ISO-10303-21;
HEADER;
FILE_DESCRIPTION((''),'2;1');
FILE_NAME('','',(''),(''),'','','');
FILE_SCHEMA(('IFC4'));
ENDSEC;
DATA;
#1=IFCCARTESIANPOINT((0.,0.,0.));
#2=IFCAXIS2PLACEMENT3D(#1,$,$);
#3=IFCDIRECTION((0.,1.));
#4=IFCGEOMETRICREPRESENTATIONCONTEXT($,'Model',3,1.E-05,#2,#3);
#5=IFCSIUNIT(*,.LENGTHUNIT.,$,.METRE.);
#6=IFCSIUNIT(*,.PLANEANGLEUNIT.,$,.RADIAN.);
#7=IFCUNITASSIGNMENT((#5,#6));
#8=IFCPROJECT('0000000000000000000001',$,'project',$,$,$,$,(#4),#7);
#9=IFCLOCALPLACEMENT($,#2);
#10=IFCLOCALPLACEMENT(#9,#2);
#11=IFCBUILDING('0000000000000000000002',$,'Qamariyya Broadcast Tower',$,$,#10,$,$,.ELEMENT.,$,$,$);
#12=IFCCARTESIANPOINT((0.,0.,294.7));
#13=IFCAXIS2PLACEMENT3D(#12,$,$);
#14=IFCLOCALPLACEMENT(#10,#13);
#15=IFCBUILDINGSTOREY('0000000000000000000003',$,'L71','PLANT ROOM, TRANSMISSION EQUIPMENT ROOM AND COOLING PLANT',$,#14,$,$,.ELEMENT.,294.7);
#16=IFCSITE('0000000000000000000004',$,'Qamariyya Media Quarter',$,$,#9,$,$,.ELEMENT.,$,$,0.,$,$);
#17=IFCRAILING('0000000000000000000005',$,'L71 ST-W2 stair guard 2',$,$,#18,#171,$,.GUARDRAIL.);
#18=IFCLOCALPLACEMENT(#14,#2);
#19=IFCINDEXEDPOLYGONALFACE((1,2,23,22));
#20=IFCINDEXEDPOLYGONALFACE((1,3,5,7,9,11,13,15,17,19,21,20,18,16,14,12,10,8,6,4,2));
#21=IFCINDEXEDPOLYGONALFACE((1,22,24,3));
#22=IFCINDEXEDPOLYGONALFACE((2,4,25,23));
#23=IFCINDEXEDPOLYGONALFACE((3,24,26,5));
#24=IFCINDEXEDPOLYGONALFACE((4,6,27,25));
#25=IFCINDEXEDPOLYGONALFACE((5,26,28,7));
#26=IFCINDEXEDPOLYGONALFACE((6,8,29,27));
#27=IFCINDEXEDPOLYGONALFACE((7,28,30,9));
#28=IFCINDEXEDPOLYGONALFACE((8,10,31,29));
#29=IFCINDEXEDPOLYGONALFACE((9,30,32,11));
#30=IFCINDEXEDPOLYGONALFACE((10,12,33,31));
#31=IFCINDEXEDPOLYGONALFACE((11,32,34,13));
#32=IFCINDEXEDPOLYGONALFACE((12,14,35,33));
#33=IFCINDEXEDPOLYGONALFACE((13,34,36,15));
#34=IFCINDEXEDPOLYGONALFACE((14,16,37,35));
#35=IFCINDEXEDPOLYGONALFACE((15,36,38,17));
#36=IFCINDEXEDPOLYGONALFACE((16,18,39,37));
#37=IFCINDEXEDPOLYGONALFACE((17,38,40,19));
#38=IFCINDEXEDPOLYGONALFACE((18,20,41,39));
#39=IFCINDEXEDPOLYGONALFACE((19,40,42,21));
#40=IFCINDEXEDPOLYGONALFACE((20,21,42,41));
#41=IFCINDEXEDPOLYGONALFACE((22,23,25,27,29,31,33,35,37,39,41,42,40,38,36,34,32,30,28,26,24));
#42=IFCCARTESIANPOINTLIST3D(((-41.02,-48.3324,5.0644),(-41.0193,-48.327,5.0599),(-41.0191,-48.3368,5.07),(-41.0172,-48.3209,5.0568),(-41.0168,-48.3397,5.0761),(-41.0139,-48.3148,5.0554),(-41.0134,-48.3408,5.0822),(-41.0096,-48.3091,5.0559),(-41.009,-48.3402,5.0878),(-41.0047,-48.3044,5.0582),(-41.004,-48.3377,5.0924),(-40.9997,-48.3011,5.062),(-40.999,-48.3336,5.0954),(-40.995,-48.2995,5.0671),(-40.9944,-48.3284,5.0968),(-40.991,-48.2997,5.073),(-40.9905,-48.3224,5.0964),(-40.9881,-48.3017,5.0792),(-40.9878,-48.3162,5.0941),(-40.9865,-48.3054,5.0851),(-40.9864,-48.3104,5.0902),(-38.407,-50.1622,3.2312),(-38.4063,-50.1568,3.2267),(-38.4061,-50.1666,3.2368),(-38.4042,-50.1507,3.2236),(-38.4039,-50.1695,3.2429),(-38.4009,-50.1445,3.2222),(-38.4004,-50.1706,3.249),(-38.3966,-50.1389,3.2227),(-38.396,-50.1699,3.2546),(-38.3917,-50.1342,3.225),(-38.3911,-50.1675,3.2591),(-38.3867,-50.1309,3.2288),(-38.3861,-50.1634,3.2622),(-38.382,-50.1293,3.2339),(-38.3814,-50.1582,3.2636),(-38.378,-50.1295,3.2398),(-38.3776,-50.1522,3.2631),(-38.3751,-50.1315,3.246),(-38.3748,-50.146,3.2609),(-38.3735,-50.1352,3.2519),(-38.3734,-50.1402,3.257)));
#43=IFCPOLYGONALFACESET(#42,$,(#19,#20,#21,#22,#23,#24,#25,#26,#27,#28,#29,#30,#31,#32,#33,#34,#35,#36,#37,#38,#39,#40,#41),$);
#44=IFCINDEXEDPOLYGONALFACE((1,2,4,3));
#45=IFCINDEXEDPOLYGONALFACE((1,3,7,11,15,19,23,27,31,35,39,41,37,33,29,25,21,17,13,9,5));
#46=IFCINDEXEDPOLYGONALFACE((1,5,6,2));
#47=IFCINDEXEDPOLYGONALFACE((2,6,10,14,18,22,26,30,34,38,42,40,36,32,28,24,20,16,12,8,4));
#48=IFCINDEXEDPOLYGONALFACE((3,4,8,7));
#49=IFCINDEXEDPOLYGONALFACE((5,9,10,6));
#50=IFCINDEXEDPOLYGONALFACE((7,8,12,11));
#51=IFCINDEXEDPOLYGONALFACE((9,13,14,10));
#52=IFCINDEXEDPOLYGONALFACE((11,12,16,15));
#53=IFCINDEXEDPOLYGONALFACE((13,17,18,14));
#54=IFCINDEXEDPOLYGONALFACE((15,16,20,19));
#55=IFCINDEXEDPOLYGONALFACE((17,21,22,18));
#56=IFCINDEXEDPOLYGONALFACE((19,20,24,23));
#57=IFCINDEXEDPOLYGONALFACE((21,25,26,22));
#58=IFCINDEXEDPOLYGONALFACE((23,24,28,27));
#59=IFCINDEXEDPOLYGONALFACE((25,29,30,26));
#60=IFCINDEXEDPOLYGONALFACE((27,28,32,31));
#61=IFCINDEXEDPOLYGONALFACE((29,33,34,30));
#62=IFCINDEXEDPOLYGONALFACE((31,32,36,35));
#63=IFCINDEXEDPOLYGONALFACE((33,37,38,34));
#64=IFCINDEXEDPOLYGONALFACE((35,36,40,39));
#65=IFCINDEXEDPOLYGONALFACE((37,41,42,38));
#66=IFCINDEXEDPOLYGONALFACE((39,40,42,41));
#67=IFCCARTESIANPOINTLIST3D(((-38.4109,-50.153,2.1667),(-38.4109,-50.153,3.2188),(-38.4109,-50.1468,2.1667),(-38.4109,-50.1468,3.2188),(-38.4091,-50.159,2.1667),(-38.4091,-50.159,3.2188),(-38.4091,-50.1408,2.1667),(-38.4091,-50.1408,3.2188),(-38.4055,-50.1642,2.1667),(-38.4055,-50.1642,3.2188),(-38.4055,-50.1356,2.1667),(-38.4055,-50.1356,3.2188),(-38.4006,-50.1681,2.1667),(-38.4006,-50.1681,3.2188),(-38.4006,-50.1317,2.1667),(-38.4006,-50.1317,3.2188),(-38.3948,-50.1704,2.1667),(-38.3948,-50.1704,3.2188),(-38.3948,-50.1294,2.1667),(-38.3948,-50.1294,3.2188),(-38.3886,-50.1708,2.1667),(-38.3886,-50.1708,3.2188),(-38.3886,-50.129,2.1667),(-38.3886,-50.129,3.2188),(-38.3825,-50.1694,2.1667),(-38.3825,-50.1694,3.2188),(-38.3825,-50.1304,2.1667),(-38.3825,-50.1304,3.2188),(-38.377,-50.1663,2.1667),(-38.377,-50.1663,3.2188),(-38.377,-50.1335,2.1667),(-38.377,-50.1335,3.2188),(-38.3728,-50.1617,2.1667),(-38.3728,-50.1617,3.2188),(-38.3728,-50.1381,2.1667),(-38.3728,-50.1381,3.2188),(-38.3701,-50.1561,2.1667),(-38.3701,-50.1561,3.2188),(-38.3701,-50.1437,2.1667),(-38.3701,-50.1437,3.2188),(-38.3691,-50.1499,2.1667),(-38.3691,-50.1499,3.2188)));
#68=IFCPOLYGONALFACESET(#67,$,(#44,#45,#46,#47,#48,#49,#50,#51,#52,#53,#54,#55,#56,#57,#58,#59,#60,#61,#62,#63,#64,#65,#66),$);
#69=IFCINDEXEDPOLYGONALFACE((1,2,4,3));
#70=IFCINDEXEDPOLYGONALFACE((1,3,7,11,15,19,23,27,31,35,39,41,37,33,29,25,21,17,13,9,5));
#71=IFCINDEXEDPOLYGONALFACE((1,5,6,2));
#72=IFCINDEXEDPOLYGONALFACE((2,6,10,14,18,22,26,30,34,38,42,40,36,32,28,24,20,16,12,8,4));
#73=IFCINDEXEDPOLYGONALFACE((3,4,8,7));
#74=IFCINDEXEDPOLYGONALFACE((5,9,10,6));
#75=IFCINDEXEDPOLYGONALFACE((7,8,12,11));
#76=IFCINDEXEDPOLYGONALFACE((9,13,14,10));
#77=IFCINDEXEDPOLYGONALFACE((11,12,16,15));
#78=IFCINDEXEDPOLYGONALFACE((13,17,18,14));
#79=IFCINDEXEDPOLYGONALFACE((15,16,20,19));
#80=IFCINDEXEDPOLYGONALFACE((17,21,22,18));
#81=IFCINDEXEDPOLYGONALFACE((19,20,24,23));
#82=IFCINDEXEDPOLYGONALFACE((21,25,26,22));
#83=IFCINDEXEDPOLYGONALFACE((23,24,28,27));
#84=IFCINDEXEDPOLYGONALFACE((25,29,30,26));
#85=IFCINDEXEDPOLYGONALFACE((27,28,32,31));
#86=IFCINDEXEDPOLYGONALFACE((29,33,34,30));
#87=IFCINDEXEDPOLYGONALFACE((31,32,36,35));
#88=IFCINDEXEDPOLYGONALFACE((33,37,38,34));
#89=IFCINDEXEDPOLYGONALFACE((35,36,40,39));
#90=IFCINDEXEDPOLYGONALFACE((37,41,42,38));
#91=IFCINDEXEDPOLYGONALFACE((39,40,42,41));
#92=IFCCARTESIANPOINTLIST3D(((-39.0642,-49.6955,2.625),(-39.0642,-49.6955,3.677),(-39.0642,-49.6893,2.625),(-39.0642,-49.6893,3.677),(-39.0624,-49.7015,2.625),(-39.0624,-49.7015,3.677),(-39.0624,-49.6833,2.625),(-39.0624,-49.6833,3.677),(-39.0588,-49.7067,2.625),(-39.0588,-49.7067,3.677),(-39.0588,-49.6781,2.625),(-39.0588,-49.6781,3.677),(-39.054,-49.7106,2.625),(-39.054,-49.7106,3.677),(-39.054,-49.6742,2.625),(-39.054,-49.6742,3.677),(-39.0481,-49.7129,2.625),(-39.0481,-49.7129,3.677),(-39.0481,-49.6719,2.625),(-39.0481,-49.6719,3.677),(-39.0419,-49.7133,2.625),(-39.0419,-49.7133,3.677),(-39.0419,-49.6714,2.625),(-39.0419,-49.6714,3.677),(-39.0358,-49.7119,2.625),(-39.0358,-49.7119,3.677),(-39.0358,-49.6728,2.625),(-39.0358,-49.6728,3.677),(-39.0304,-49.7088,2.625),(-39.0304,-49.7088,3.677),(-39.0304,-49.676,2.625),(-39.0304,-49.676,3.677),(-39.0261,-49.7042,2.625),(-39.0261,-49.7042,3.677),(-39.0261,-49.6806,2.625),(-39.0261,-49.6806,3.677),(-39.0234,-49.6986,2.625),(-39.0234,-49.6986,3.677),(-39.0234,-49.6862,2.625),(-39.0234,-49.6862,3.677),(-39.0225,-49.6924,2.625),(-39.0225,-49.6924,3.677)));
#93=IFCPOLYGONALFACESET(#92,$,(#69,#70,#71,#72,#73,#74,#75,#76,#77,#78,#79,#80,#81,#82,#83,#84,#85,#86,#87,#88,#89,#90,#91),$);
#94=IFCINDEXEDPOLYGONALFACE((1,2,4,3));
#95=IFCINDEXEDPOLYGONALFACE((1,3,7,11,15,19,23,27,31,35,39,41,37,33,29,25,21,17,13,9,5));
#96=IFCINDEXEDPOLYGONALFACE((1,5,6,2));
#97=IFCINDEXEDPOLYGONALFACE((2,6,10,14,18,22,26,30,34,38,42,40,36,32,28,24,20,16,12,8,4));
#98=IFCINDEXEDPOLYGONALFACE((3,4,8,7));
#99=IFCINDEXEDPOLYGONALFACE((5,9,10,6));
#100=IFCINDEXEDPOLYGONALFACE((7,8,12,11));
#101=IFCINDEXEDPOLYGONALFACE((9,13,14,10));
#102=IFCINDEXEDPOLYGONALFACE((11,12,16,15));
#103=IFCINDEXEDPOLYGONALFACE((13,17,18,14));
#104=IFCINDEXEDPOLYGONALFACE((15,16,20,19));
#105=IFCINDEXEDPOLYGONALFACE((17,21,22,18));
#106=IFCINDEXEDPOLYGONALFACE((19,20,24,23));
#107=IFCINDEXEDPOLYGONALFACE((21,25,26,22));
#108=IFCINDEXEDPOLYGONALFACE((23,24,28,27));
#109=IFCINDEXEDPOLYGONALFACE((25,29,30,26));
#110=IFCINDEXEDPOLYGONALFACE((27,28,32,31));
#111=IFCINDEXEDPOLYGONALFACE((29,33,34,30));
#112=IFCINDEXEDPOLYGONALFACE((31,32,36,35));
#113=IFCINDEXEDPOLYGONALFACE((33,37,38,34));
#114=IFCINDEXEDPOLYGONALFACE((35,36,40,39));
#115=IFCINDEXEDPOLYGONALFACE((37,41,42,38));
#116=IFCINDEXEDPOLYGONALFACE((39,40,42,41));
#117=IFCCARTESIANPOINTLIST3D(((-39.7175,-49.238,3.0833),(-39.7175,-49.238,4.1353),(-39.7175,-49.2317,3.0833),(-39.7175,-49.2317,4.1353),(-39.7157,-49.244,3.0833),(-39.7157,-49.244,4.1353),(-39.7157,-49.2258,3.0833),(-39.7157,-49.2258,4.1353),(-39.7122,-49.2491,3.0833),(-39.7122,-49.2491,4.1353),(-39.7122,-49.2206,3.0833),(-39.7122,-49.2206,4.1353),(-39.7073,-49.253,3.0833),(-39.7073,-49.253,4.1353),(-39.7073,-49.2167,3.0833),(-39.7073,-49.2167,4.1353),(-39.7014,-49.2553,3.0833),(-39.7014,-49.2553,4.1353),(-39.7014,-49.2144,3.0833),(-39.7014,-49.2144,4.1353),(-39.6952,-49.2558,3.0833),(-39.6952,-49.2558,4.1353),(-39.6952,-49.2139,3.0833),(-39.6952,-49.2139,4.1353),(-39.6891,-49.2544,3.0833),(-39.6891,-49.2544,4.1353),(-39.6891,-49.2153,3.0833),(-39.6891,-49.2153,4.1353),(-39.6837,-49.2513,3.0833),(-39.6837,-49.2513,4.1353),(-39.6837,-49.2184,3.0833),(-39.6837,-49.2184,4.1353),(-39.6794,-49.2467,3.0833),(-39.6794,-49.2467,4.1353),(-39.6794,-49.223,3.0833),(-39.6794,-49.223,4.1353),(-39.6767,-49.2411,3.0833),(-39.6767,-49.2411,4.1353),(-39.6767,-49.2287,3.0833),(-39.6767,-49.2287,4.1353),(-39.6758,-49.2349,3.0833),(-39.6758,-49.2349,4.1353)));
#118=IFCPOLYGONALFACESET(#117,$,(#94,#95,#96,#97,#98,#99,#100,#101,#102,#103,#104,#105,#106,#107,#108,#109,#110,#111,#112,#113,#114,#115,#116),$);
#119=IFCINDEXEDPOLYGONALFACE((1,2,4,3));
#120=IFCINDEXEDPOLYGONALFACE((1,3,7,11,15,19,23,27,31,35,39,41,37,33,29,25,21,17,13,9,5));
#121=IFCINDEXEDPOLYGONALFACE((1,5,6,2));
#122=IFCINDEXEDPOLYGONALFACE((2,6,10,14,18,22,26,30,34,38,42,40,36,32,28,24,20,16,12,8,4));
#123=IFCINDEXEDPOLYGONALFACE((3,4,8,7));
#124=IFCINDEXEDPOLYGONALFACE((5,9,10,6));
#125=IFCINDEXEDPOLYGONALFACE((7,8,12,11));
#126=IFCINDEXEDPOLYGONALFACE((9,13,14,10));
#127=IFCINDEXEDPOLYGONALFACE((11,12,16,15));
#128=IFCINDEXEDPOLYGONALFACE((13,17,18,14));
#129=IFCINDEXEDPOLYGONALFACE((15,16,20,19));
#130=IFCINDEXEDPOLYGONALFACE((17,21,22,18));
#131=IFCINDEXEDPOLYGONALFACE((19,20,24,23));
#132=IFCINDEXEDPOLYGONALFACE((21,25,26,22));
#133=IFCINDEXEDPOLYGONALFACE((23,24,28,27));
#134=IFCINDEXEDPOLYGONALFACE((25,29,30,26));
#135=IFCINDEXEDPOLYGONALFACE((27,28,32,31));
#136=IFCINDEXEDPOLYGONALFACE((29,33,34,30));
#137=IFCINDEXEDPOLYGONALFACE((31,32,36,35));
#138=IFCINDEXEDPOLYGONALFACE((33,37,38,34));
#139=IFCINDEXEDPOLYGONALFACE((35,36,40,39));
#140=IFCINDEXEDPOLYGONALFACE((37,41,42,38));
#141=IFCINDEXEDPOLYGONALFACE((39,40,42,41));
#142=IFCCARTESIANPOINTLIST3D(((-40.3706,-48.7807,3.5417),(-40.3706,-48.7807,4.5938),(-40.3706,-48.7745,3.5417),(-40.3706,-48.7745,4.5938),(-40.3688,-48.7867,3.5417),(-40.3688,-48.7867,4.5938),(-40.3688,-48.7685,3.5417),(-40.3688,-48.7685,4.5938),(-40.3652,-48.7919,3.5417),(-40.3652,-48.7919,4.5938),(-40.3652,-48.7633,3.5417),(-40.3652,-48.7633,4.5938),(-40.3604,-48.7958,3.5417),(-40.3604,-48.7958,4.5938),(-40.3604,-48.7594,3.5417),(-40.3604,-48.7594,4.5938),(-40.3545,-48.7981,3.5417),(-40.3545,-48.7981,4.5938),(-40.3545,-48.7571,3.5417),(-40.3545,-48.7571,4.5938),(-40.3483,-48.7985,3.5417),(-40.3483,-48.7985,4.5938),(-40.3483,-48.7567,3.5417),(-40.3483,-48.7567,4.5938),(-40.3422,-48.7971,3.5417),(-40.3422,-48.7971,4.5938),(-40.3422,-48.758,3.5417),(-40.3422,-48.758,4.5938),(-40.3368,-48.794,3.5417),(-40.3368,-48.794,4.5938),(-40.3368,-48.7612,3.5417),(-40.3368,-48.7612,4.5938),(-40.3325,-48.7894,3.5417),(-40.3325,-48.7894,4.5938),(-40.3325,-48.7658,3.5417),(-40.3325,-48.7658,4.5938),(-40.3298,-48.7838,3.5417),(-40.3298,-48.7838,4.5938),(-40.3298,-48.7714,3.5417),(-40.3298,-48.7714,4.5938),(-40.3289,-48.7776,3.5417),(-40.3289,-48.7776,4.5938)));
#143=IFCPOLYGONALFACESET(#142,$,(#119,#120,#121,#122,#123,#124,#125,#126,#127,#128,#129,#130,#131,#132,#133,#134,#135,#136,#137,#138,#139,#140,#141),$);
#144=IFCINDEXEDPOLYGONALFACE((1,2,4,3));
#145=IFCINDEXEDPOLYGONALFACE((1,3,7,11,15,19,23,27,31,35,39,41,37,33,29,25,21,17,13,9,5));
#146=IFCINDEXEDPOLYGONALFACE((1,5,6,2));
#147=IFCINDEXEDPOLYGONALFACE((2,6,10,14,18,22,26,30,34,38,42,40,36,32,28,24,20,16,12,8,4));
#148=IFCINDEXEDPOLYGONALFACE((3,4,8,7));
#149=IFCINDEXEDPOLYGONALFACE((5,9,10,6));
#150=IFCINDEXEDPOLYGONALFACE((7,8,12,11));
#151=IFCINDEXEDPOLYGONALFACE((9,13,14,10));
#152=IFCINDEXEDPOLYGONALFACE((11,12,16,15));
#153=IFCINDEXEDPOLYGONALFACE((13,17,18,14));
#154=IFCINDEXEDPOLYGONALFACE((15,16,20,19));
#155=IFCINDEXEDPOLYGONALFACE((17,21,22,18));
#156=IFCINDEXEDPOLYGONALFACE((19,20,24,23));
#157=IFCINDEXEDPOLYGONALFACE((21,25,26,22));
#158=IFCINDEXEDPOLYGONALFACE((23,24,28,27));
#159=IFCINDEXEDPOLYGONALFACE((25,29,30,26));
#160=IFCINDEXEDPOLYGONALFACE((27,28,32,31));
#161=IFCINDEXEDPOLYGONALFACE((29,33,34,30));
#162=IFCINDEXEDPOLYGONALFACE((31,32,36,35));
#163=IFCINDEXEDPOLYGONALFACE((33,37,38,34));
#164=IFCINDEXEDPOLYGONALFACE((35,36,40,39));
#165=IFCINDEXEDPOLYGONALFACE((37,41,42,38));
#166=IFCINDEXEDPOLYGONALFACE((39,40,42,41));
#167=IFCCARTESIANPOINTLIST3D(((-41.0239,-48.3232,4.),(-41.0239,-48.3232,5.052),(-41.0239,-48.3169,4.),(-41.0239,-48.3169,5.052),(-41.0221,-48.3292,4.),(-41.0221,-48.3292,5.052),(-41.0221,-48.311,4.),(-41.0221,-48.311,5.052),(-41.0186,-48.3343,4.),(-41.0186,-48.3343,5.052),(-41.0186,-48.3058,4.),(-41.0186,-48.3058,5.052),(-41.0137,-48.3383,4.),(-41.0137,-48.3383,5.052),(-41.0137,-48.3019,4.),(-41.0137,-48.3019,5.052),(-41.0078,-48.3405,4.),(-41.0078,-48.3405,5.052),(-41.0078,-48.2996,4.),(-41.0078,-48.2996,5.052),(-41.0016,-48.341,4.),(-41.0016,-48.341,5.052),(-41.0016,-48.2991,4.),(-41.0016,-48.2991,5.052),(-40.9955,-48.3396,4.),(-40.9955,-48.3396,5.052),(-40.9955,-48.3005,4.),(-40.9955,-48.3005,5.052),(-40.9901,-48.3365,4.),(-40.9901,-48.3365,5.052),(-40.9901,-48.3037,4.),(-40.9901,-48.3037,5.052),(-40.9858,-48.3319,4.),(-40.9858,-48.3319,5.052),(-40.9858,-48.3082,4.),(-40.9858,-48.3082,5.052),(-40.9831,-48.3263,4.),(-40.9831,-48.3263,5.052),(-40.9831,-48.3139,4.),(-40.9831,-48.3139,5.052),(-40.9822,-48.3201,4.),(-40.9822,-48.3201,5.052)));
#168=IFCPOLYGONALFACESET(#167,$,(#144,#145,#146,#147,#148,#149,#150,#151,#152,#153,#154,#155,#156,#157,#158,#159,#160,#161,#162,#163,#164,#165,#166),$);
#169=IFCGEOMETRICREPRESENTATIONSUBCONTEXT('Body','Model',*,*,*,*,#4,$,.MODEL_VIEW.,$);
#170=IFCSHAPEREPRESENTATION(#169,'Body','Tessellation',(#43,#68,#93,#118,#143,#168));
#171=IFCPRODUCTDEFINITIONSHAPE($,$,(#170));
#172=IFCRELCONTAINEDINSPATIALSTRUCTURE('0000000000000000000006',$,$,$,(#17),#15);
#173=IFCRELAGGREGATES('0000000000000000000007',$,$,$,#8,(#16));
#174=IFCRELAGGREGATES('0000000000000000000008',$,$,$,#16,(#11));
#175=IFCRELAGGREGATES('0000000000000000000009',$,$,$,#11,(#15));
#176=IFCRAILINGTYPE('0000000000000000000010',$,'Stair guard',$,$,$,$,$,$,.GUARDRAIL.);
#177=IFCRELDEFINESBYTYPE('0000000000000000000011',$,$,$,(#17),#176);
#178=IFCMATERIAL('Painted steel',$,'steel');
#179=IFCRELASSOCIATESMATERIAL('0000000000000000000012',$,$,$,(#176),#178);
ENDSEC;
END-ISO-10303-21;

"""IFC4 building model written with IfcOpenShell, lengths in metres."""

from ifc_helpers import new_model, si_unit, direction, frame, origin, origin_2d, place, context, subcontext, project, spatial, circle, extrude, material, type_object, element, save


model = new_model("IFC4")

# Units and contexts
model_context = context("Model", 3, precision=1e-05, world=origin(), true_north=direction((0.0, 1.0)))
body_context = subcontext(model_context, "Body", "Model", "MODEL_VIEW")
ifc_project = project(units=[si_unit("LENGTHUNIT", "METRE"), si_unit("PLANEANGLEUNIT", "RADIAN")], contexts=[model_context])

# Site, building, storey
site_placement = place(None, origin())
site = spatial("IfcSite", under=ifc_project, at=site_placement, Name="Qamariyya Media Quarter", CompositionType="ELEMENT", RefElevation=0.0)
building_placement = place(site_placement, origin())
building = spatial("IfcBuilding", under=site, at=building_placement, Name="Qamariyya Broadcast Tower", CompositionType="ELEMENT")
storey_placement = place(building_placement, frame((0.0, 0.0, 294.7)))
storey = spatial("IfcBuildingStorey", under=building, at=storey_placement, Name="L71", Description="PLANT ROOM, TRANSMISSION EQUIPMENT ROOM AND COOLING PLANT", CompositionType="ELEMENT", Elevation=294.7)

# Railing
ifc_material_1 = material(Name="Painted steel", Category="steel")
railing_type_1 = type_object("IfcRailingType", Name="Stair guard", PredefinedType="GUARDRAIL", material=ifc_material_1)
railing_1_placement = place(storey_placement, frame((-38.3901, -50.1499, 2.1667)))
element("IfcRailing", 1, at=railing_1_placement, inside=storey, type_object=railing_type_1, Name="L71 ST-W2 stair guard 2", PredefinedType="GUARDRAIL", context=body_context, shape_type="SweptSolid", body=[
    extrude(circle(Radius=0.0239, at=origin_2d()), frame((0.0, 0.0, 1.0762), z_axis=(-0.710204, 0.497335, 0.498264), x_axis=(-0.573611, -0.819128, 0.0)), (0.0, 0.0, 1.0), 3.6792),
    extrude(circle(Radius=0.021, at=origin_2d()), origin(), (0.0, 0.0, 1.0), 1.052),
    extrude(circle(Radius=0.021, at=origin_2d()), frame((-0.6533, 0.4575, 0.4583)), (0.0, 0.0, 1.0), 1.052),
    extrude(circle(Radius=0.021, at=origin_2d()), frame((-1.3066, 0.915, 0.9165)), (0.0, 0.0, 1.0), 1.052),
    extrude(circle(Radius=0.021, at=origin_2d()), frame((-1.9597, 1.3723, 1.375)), (0.0, 0.0, 1.0), 1.052),
    extrude(circle(Radius=0.021, at=origin_2d()), frame((-2.613, 1.8298, 1.8333)), (0.0, 0.0, 1.0), 1.052),
])

save(model, "model.ifc")
